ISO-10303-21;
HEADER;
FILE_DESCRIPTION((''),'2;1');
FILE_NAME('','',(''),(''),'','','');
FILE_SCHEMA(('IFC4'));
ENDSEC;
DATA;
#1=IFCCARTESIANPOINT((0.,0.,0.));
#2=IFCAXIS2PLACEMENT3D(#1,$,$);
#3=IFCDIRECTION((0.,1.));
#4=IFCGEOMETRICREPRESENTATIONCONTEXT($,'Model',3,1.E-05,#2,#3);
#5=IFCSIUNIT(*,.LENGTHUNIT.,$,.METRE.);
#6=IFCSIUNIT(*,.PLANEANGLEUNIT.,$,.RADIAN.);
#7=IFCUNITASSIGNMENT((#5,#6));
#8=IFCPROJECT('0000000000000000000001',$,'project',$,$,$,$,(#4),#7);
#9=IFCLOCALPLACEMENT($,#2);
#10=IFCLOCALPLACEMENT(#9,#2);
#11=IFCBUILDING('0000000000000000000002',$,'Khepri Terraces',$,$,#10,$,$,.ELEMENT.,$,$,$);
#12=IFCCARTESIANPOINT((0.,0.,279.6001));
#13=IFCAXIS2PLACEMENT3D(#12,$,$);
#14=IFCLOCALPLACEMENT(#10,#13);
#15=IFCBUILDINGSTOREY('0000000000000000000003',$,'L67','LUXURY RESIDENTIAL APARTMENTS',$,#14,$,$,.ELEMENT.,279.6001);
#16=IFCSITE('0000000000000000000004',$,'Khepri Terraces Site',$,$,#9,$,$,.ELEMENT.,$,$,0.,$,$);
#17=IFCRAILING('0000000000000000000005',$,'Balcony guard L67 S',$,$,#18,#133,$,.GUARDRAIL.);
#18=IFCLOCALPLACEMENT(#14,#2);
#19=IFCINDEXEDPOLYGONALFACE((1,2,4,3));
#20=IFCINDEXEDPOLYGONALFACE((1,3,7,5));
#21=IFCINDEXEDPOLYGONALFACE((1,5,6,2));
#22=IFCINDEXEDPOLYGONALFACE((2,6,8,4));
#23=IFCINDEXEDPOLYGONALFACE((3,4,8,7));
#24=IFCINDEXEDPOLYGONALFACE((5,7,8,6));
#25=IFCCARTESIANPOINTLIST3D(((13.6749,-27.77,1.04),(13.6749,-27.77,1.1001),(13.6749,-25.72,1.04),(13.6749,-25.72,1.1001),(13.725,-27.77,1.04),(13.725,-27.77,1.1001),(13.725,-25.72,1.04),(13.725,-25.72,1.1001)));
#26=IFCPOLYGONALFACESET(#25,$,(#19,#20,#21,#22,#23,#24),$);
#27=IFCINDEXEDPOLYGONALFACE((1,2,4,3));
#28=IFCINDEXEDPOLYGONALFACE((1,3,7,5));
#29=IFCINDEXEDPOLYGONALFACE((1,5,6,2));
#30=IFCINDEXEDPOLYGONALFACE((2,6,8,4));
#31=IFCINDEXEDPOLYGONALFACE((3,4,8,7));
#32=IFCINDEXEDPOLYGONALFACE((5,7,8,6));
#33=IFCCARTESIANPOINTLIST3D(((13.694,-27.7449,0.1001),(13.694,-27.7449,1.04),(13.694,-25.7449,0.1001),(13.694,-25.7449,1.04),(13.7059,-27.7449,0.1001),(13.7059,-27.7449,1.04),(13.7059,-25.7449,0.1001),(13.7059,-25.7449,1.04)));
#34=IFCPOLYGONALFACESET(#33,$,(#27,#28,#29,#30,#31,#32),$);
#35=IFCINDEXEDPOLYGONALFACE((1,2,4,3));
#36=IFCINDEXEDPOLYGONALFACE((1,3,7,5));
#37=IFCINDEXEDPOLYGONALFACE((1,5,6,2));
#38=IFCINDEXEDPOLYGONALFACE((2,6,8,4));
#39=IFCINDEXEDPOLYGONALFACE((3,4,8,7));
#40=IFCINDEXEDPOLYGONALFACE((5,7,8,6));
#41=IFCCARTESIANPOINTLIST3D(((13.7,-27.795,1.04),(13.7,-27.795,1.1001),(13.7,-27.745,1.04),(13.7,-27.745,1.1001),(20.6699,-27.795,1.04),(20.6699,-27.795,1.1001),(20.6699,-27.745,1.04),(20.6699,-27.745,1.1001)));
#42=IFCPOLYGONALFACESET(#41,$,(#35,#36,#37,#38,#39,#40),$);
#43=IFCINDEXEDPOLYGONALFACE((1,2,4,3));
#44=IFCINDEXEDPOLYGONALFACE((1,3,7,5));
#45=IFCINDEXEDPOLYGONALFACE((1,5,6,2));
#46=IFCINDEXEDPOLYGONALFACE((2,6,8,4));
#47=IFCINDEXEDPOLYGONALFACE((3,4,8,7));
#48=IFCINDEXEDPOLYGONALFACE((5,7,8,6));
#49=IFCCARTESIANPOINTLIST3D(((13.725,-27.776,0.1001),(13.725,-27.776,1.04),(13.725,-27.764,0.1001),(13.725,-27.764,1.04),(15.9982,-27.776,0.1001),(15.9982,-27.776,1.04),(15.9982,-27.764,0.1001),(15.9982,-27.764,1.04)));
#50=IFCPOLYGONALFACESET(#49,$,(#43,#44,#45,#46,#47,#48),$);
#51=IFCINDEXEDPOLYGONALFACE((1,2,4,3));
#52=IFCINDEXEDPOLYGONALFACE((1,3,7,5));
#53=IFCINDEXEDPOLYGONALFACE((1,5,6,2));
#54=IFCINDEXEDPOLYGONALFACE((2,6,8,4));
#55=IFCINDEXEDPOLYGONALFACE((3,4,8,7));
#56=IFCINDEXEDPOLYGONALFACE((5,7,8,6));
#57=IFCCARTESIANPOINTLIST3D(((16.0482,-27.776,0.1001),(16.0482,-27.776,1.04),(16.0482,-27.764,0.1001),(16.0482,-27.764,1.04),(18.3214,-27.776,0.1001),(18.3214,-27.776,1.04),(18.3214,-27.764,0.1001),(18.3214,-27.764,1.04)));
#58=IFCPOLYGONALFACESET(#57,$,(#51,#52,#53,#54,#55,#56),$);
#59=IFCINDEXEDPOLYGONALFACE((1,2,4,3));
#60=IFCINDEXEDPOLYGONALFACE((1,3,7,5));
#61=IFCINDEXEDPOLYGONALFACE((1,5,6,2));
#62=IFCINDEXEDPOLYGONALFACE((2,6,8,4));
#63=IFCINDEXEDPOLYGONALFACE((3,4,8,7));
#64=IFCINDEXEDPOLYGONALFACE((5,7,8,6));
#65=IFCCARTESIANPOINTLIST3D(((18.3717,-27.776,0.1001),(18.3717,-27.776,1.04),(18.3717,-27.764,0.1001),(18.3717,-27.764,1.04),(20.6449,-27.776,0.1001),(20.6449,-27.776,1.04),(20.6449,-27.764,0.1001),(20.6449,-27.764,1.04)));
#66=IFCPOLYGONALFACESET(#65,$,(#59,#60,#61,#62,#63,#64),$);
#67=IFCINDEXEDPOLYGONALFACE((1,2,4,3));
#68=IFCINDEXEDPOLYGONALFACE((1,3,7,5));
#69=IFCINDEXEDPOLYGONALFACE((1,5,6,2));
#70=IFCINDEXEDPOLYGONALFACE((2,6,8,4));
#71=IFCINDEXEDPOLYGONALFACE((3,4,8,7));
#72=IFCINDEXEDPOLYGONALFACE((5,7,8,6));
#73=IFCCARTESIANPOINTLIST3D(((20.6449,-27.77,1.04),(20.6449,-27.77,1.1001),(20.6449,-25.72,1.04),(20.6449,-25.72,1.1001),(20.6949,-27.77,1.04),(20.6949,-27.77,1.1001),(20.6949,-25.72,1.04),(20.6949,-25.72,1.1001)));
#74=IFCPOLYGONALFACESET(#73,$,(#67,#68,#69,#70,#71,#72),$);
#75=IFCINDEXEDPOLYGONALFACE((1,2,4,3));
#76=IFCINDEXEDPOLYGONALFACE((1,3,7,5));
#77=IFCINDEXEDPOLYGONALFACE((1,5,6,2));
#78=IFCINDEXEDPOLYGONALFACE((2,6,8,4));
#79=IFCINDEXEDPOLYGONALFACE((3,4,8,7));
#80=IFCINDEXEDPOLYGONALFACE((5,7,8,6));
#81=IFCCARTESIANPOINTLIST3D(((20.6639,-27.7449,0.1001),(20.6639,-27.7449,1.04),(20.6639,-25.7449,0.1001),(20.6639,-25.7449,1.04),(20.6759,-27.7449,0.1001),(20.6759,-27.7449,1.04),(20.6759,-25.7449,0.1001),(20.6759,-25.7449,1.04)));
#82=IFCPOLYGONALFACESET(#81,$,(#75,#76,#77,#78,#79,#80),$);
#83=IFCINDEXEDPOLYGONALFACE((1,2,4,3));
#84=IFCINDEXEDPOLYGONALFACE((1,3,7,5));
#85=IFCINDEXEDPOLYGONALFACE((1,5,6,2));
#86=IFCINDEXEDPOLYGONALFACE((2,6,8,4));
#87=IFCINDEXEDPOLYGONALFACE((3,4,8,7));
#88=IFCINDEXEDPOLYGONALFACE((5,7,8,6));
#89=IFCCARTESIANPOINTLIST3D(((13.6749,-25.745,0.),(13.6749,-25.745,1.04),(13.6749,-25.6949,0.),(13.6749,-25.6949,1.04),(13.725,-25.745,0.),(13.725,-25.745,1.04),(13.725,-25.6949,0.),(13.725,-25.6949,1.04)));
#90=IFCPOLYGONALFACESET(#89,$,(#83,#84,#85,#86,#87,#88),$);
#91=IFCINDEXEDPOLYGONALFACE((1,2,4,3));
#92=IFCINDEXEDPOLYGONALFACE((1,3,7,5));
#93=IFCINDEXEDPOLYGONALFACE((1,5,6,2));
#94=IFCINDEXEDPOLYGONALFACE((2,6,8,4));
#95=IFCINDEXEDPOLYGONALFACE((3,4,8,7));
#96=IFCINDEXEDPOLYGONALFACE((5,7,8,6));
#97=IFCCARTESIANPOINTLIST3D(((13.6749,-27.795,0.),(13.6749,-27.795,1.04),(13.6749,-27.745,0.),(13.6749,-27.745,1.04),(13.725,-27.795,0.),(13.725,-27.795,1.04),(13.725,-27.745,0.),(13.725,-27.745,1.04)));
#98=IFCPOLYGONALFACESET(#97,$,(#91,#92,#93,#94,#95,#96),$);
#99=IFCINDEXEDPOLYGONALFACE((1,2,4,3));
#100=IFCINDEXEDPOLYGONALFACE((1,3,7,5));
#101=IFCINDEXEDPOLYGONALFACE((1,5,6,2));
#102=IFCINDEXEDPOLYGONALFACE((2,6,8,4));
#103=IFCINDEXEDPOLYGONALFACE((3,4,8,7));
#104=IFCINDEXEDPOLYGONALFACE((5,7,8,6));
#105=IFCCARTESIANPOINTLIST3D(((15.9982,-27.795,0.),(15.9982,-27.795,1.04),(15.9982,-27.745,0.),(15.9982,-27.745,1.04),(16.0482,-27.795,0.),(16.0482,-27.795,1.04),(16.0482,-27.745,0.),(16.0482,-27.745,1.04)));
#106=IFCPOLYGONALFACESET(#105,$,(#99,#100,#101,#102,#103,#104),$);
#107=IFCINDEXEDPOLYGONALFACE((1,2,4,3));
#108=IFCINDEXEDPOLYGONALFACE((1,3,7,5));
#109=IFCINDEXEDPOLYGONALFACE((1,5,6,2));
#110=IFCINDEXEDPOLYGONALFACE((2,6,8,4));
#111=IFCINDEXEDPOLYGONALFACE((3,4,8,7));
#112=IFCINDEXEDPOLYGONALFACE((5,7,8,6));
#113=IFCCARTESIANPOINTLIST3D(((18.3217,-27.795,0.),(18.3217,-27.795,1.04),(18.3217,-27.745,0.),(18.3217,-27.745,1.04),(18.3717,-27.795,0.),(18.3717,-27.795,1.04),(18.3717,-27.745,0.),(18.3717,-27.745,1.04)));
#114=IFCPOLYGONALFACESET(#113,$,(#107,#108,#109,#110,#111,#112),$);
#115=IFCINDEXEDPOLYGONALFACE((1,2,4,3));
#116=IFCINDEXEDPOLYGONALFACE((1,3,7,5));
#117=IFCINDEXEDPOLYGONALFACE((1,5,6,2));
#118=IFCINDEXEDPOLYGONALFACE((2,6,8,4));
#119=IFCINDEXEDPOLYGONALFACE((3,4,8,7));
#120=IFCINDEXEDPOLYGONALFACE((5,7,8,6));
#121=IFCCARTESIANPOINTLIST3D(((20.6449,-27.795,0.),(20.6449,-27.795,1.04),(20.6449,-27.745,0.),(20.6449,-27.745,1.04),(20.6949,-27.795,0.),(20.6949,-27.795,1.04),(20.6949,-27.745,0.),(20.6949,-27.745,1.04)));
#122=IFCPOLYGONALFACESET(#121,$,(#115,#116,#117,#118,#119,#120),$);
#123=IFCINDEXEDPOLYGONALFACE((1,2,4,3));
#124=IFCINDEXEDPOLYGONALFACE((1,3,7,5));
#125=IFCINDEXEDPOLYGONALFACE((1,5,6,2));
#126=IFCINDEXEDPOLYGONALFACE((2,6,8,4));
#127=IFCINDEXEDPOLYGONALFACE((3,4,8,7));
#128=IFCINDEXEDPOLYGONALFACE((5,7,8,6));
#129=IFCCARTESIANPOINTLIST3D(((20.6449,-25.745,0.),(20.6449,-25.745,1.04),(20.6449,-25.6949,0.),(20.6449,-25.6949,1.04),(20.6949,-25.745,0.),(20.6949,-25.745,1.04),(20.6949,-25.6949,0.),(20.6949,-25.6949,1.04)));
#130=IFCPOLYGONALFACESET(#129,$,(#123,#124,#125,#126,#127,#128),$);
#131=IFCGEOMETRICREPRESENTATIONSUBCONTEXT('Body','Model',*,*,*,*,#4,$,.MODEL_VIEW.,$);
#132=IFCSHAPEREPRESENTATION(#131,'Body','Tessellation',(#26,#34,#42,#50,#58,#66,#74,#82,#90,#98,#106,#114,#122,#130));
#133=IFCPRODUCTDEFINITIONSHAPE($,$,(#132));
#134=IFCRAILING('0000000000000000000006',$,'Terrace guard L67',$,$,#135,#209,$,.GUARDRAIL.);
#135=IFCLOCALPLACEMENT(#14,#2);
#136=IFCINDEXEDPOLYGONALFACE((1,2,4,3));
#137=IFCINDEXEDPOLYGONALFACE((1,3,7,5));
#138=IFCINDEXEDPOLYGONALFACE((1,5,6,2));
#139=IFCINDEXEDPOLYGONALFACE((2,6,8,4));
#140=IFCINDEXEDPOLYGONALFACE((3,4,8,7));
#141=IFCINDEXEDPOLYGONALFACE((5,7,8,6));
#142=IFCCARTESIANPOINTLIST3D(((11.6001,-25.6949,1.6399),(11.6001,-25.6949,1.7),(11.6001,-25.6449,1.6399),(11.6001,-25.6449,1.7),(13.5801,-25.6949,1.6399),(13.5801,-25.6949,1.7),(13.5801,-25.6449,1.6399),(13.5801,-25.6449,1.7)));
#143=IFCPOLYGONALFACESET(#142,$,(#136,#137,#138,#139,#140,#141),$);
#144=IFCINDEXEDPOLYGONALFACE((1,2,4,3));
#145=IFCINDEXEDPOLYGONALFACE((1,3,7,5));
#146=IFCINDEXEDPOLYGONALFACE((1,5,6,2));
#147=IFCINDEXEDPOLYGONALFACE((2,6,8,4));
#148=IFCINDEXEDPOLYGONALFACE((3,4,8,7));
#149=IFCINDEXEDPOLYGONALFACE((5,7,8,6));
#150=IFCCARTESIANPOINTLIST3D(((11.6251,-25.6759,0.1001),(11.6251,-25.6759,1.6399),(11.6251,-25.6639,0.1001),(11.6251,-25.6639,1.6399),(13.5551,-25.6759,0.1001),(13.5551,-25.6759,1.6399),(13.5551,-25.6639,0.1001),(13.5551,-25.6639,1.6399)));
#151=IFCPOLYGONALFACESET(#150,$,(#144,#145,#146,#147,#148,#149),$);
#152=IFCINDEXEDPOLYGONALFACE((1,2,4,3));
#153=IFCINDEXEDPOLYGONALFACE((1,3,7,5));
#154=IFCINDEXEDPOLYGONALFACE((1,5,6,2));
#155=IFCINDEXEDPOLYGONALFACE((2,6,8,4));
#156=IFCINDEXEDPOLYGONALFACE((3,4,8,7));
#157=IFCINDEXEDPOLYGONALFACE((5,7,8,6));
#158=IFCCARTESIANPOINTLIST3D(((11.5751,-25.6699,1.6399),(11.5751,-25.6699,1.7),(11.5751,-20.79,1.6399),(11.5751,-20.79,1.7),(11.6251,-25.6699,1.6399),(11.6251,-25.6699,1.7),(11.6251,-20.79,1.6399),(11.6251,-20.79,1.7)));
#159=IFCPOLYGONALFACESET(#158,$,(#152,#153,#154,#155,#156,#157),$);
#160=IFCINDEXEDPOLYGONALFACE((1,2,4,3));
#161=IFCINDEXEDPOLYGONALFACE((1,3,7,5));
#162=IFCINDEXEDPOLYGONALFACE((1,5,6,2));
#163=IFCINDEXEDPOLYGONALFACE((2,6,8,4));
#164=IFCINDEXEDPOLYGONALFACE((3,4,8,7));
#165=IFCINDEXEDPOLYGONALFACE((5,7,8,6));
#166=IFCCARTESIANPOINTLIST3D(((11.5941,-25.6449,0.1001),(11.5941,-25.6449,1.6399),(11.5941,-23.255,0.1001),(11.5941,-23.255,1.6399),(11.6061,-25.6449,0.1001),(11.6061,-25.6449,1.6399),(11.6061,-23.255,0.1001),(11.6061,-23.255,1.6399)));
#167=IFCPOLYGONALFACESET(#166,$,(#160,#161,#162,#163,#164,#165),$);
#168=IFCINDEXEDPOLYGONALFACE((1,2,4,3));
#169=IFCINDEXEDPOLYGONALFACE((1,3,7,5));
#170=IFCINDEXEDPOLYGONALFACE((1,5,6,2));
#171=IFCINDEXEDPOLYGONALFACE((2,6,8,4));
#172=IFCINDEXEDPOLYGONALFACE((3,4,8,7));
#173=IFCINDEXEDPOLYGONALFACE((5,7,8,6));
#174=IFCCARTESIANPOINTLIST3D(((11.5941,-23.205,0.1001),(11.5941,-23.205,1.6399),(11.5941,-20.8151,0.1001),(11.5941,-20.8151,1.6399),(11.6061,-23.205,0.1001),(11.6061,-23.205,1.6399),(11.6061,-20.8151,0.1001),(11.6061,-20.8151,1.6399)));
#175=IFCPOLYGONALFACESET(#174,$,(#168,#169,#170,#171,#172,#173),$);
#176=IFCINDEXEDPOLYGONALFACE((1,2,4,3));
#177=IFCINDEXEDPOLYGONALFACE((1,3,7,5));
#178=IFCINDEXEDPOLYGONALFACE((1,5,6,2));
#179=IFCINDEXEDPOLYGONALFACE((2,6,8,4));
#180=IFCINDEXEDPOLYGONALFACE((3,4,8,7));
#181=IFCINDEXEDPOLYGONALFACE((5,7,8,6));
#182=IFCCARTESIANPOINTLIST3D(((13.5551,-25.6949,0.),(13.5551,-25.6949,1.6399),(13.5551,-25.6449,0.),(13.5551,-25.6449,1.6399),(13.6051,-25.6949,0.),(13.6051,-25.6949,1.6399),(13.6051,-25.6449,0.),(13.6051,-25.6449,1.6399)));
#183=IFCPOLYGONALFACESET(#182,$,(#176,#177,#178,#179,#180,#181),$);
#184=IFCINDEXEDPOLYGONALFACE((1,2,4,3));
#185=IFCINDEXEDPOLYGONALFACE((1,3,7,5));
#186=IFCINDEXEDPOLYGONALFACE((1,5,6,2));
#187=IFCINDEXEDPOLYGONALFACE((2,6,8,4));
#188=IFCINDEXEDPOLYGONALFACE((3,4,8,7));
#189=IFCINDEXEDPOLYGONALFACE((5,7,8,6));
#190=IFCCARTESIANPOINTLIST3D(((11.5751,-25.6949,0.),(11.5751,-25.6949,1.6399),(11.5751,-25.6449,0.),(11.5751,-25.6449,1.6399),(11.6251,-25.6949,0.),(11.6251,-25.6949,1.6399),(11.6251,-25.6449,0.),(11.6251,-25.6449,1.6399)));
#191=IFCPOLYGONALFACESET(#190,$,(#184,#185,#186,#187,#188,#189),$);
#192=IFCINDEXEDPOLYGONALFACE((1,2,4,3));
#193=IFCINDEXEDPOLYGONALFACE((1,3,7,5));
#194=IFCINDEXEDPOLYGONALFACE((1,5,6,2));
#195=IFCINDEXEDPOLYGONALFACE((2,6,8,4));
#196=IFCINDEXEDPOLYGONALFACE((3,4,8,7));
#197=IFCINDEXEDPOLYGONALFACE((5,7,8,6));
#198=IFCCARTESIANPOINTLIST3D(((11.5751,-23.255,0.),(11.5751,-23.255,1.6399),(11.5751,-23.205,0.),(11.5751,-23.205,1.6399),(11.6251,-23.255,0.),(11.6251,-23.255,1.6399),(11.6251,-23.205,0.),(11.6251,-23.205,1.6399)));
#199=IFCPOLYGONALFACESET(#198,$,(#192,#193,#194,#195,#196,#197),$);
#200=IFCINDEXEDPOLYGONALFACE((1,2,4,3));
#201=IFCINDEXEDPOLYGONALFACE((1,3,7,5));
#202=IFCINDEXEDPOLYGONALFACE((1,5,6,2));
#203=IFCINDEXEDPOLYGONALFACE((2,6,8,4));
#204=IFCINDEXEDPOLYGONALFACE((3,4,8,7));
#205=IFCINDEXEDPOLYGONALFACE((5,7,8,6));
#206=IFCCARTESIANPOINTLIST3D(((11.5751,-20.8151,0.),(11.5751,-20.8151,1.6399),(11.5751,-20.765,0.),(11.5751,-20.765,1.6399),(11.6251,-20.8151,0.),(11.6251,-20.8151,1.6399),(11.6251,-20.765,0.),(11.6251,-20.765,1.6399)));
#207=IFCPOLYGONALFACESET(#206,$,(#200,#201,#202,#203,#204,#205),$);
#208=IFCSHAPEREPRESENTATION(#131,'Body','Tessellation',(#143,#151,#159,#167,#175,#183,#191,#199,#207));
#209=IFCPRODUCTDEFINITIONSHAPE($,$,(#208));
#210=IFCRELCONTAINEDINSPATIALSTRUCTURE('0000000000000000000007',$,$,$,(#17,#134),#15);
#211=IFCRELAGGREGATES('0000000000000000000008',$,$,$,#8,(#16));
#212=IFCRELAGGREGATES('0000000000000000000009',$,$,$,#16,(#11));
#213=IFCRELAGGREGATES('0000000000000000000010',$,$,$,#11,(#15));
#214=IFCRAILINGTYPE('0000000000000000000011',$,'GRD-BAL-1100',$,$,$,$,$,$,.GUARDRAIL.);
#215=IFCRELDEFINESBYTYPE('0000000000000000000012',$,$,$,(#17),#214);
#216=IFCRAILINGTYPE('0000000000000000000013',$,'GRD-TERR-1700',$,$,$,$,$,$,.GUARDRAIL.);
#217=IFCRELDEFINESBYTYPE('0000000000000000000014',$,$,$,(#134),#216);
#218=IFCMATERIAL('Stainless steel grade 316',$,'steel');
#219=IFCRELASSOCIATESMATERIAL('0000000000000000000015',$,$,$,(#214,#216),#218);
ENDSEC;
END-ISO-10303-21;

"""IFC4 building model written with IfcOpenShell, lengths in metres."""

from ifc_helpers import new_model, si_unit, direction, frame, origin, origin_2d, place, context, subcontext, project, spatial, rectangle, extrude, material, type_object, element, save


model = new_model("IFC4")

# Units and contexts
model_context = context("Model", 3, precision=1e-05, world=origin(), true_north=direction((0.0, 1.0)))
body_context = subcontext(model_context, "Body", "Model", "MODEL_VIEW")
ifc_project = project(units=[si_unit("LENGTHUNIT", "METRE"), si_unit("PLANEANGLEUNIT", "RADIAN")], contexts=[model_context])

# Site, building, storey
site_placement = place(None, origin())
site = spatial("IfcSite", under=ifc_project, at=site_placement, Name="Khepri Terraces Site", CompositionType="ELEMENT", RefElevation=0.0)
building_placement = place(site_placement, origin())
building = spatial("IfcBuilding", under=site, at=building_placement, Name="Khepri Terraces", CompositionType="ELEMENT")
storey_placement = place(building_placement, frame((0.0, 0.0, 279.6001)))
storey = spatial("IfcBuildingStorey", under=building, at=storey_placement, Name="L67", Description="LUXURY RESIDENTIAL APARTMENTS", CompositionType="ELEMENT", Elevation=279.6001)

# Railings
ifc_material_1 = material(Name="Stainless steel grade 316", Category="steel")
railing_type_1 = type_object("IfcRailingType", Name="GRD-BAL-1100", PredefinedType="GUARDRAIL", material=ifc_material_1)
railing_1_placement = place(storey_placement, frame((13.7, -25.72, 0.0)))
element("IfcRailing", 1, at=railing_1_placement, inside=storey, type_object=railing_type_1, Name="Balcony guard L67 S", PredefinedType="GUARDRAIL", context=body_context, shape_type="SweptSolid", body=[
    extrude(rectangle(XDim=0.05, YDim=0.0601, at=origin_2d()), frame((0.0, 0.0, 1.0701), z_axis=(0.0, -1.0, 0.0), x_axis=(1.0, 0.0, 0.0)), (0.0, 0.0, 1.0), 2.05),
    extrude(rectangle(XDim=2.0, YDim=0.012, at=origin_2d()), frame((0.0, -1.0249, 0.1001), z_axis=(0.0, 0.0, 1.0), x_axis=(0.0, -1.0, 0.0)), (0.0, 0.0, 1.0), 0.9399),
    extrude(rectangle(XDim=0.05, YDim=0.0601, at=origin_2d()), frame((0.0, -2.05, 1.0701), z_axis=(1.0, 0.0, 0.0), x_axis=(0.0, 1.0, 0.0)), (0.0, 0.0, 1.0), 6.97),
    extrude(rectangle(XDim=2.2732, YDim=0.012, at=origin_2d()), frame((1.1616, -2.05, 0.1001), z_axis=(0.0, 0.0, 1.0), x_axis=(1.0, 0.0, 0.0)), (0.0, 0.0, 1.0), 0.9399),
    extrude(rectangle(XDim=2.2732, YDim=0.012, at=origin_2d()), frame((3.4849, -2.05, 0.1001), z_axis=(0.0, 0.0, 1.0), x_axis=(1.0, 0.0, 0.0)), (0.0, 0.0, 1.0), 0.9399),
    extrude(rectangle(XDim=2.2732, YDim=0.012, at=origin_2d()), frame((5.8083, -2.05, 0.1001), z_axis=(0.0, 0.0, 1.0), x_axis=(1.0, 0.0, 0.0)), (0.0, 0.0, 1.0), 0.9399),
    extrude(rectangle(XDim=0.05, YDim=0.0601, at=origin_2d()), frame((6.97, -2.05, 1.0701), z_axis=(0.0, 1.0, 0.0), x_axis=(-1.0, 0.0, 0.0)), (0.0, 0.0, 1.0), 2.05),
    extrude(rectangle(XDim=2.0, YDim=0.012, at=origin_2d()), frame((6.97, -1.0249, 0.1001), z_axis=(0.0, 0.0, 1.0), x_axis=(0.0, 1.0, 0.0)), (0.0, 0.0, 1.0), 0.9399),
    extrude(rectangle(XDim=0.05, YDim=0.05, at=origin_2d()), origin(), (0.0, 0.0, 1.0), 1.04),
    extrude(rectangle(XDim=0.05, YDim=0.05, at=origin_2d()), frame((0.0, -2.05, 0.0)), (0.0, 0.0, 1.0), 1.04),
    extrude(rectangle(XDim=0.05, YDim=0.05, at=origin_2d()), frame((2.3232, -2.05, 0.0)), (0.0, 0.0, 1.0), 1.04),
    extrude(rectangle(XDim=0.05, YDim=0.05, at=origin_2d()), frame((4.6467, -2.05, 0.0)), (0.0, 0.0, 1.0), 1.04),
    extrude(rectangle(XDim=0.05, YDim=0.05, at=origin_2d()), frame((6.97, -2.05, 0.0)), (0.0, 0.0, 1.0), 1.04),
    extrude(rectangle(XDim=0.05, YDim=0.05, at=origin_2d()), frame((6.97, 0.0, 0.0)), (0.0, 0.0, 1.0), 1.04),
])
railing_type_2 = type_object("IfcRailingType", Name="GRD-TERR-1700", PredefinedType="GUARDRAIL", material=ifc_material_1)
railing_2_placement = place(storey_placement, frame((13.5801, -25.6699, 0.0)))
element("IfcRailing", 2, at=railing_2_placement, inside=storey, type_object=railing_type_2, Name="Terrace guard L67", PredefinedType="GUARDRAIL", context=body_context, shape_type="SweptSolid", body=[
    extrude(rectangle(XDim=0.05, YDim=0.0601, at=origin_2d()), frame((0.0, 0.0, 1.6699), z_axis=(-1.0, 0.0, 0.0), x_axis=(0.0, -1.0, 0.0)), (0.0, 0.0, 1.0), 1.98),
    extrude(rectangle(XDim=1.9299, YDim=0.012, at=origin_2d()), frame((-0.99, 0.0, 0.1001), z_axis=(0.0, 0.0, 1.0), x_axis=(-1.0, 0.0, 0.0)), (0.0, 0.0, 1.0), 1.5398),
    extrude(rectangle(XDim=0.05, YDim=0.0601, at=origin_2d()), frame((-1.98, 0.0, 1.6699), z_axis=(0.0, 1.0, 0.0), x_axis=(-1.0, 0.0, 0.0)), (0.0, 0.0, 1.0), 4.8799),
    extrude(rectangle(XDim=2.3899, YDim=0.012, at=origin_2d()), frame((-1.98, 1.22, 0.1001), z_axis=(0.0, 0.0, 1.0), x_axis=(0.0, 1.0, 0.0)), (0.0, 0.0, 1.0), 1.5398),
    extrude(rectangle(XDim=2.3899, YDim=0.012, at=origin_2d()), frame((-1.98, 3.6599, 0.1001), z_axis=(0.0, 0.0, 1.0), x_axis=(0.0, 1.0, 0.0)), (0.0, 0.0, 1.0), 1.5398),
    extrude(rectangle(XDim=0.05, YDim=0.05, at=origin_2d()), origin(), (0.0, 0.0, 1.0), 1.6399),
    extrude(rectangle(XDim=0.05, YDim=0.05, at=origin_2d()), frame((-1.98, 0.0, 0.0)), (0.0, 0.0, 1.0), 1.6399),
    extrude(rectangle(XDim=0.05, YDim=0.05, at=origin_2d()), frame((-1.98, 2.4399, 0.0)), (0.0, 0.0, 1.0), 1.6399),
    extrude(rectangle(XDim=0.05, YDim=0.05, at=origin_2d()), frame((-1.98, 4.8799, 0.0)), (0.0, 0.0, 1.0), 1.6399),
])

save(model, "model.ifc")
